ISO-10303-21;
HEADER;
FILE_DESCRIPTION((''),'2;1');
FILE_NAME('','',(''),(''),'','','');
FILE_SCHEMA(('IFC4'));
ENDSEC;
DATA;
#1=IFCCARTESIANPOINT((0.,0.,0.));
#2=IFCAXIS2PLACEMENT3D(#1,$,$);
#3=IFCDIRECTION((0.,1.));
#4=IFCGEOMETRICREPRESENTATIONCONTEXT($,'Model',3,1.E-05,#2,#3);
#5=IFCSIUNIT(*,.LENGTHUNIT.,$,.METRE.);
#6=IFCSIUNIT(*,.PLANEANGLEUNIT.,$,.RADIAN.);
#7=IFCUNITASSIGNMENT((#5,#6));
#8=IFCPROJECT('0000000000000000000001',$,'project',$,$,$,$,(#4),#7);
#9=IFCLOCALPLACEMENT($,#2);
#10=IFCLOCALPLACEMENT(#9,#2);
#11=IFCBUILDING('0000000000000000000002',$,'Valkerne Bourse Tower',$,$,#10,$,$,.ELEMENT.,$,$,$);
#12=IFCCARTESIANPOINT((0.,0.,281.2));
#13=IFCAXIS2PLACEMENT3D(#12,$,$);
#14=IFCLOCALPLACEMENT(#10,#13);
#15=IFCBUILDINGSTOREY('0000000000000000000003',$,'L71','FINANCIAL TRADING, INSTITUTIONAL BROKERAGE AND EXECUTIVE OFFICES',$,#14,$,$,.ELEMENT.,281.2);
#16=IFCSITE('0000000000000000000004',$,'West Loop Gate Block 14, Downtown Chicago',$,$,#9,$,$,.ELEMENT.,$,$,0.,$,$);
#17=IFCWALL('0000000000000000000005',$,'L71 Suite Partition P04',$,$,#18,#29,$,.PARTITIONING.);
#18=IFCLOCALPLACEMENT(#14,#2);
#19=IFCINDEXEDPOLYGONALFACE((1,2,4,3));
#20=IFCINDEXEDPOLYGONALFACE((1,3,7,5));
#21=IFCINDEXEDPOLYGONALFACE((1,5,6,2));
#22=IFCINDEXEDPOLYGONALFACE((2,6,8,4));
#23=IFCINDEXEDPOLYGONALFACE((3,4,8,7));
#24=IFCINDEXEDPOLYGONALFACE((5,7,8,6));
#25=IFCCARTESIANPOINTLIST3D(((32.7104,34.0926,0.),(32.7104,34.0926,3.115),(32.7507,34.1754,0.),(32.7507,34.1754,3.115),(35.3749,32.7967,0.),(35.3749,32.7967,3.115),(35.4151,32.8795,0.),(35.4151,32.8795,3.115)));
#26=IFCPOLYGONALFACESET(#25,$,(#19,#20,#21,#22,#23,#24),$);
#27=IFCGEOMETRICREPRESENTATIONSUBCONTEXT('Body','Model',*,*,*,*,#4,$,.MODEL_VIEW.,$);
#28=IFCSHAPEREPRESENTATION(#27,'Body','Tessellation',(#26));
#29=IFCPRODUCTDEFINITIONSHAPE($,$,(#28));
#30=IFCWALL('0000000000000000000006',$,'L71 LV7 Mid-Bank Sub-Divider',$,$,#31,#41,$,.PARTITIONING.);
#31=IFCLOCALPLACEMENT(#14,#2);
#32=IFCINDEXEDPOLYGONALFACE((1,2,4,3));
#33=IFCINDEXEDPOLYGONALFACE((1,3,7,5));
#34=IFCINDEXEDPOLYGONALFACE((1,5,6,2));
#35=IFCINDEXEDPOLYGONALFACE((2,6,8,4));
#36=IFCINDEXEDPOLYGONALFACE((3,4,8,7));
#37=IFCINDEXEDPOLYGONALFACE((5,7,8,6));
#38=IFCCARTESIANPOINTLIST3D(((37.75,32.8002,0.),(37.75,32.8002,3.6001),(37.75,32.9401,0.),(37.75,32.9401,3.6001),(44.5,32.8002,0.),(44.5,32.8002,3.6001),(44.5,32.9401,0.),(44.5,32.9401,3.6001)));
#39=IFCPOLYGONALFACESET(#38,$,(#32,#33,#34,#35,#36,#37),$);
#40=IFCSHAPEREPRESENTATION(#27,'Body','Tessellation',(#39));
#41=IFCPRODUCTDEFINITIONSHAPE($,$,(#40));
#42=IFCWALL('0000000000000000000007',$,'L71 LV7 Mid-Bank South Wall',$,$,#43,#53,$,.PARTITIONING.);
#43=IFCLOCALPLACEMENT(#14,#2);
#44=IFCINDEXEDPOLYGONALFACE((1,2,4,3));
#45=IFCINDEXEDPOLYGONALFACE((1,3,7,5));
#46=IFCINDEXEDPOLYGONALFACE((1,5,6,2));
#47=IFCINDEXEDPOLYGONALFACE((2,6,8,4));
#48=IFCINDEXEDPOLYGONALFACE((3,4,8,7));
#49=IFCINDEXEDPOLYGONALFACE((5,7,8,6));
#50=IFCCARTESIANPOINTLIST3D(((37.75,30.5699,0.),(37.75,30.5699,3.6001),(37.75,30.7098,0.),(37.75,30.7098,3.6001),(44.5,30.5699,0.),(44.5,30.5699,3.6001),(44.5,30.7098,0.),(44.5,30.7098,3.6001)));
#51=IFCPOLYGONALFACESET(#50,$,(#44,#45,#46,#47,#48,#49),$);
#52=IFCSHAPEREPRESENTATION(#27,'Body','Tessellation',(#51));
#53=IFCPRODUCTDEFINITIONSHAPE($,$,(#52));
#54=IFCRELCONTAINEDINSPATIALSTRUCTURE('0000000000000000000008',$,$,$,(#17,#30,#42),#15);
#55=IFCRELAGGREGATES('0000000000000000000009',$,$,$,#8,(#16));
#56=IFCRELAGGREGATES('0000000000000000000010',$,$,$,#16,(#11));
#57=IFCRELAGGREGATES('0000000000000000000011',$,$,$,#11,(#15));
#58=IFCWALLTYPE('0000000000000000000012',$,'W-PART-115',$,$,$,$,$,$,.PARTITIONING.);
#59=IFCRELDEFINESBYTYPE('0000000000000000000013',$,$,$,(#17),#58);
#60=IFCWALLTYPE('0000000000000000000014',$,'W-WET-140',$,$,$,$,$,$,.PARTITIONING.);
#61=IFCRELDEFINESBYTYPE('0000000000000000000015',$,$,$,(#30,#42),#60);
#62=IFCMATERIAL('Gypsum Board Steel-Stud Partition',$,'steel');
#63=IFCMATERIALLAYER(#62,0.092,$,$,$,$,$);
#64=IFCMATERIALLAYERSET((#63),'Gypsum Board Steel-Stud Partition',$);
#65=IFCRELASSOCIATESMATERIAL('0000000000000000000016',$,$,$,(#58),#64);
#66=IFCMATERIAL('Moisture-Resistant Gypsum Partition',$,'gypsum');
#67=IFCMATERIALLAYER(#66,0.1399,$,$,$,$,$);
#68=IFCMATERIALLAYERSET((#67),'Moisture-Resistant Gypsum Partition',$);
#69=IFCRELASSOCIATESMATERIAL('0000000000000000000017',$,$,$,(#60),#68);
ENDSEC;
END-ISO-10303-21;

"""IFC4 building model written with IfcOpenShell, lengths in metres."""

from ifc_helpers import new_model, si_unit, direction, frame, frame_2d, origin, place, context, subcontext, project, spatial, rectangle, extrude, material, layer, layer_set, type_object, element, save


model = new_model("IFC4")

# Units and contexts
model_context = context("Model", 3, precision=1e-05, world=origin(), true_north=direction((0.0, 1.0)))
body_context = subcontext(model_context, "Body", "Model", "MODEL_VIEW")
ifc_project = project(units=[si_unit("LENGTHUNIT", "METRE"), si_unit("PLANEANGLEUNIT", "RADIAN")], contexts=[model_context])

# Site, building, storey
site_placement = place(None, origin())
site = spatial("IfcSite", under=ifc_project, at=site_placement, Name="West Loop Gate Block 14, Downtown Chicago", CompositionType="ELEMENT", RefElevation=0.0)
building_placement = place(site_placement, origin())
building = spatial("IfcBuilding", under=site, at=building_placement, Name="Valkerne Bourse Tower", CompositionType="ELEMENT")
storey_placement = place(building_placement, frame((0.0, 0.0, 281.2)))
storey = spatial("IfcBuildingStorey", under=building, at=storey_placement, Name="L71", Description="FINANCIAL TRADING, INSTITUTIONAL BROKERAGE AND EXECUTIVE OFFICES", CompositionType="ELEMENT", Elevation=281.2)

# Walls
ifc_material_1 = material(Name="Gypsum Board Steel-Stud Partition", Category="steel")
ifc_layer_1 = layer(ifc_material_1, 0.092)
ifc_layer_set_1 = layer_set([ifc_layer_1], Name="Gypsum Board Steel-Stud Partition")
wall_type_1 = type_object("IfcWallType", Name="W-PART-115", PredefinedType="PARTITIONING", material=ifc_layer_set_1)
wall_1_placement = place(storey_placement, frame((35.395, 32.8381, 0.0), z_axis=(0.0, 0.0, 1.0), x_axis=(-0.899284, 0.437365, 0.0)))
element("IfcWall", 1, at=wall_1_placement, inside=storey, type_object=wall_type_1, Name="L71 Suite Partition P04", PredefinedType="PARTITIONING", context=body_context, shape_type="SweptSolid", body=[
    extrude(rectangle(XDim=2.9629, YDim=0.092, at=frame_2d((1.4814, 0.0))), origin(), (0.0, 0.0, 1.0), 3.115),
])
ifc_material_2 = material(Name="Moisture-Resistant Gypsum Partition", Category="gypsum")
ifc_layer_2 = layer(ifc_material_2, 0.1399)
ifc_layer_set_2 = layer_set([ifc_layer_2], Name="Moisture-Resistant Gypsum Partition")
wall_type_2 = type_object("IfcWallType", Name="W-WET-140", PredefinedType="PARTITIONING", material=ifc_layer_set_2)
for number, where, z_axis, x_axis, name in (
    (2, (37.75, 32.8701, 0.0), (0.0, 0.0, 1.0), (1.0, 0.0, 0.0), "L71 LV7 Mid-Bank Sub-Divider"),
    (3, (37.75, 30.6399, 0.0), (0.0, 0.0, 1.0), (1.0, 0.0, 0.0), "L71 LV7 Mid-Bank South Wall"),
):
    element("IfcWall", number, at=place(storey_placement, frame(where, z_axis=z_axis, x_axis=x_axis)), inside=storey, type_object=wall_type_2, Name=name, PredefinedType="PARTITIONING", context=body_context, shape_type="SweptSolid", body=[
        extrude(rectangle(XDim=6.75, YDim=0.1399, at=frame_2d((3.375, 0.0))), origin(), (0.0, 0.0, 1.0), 3.6001),
    ])

save(model, "model.ifc")
